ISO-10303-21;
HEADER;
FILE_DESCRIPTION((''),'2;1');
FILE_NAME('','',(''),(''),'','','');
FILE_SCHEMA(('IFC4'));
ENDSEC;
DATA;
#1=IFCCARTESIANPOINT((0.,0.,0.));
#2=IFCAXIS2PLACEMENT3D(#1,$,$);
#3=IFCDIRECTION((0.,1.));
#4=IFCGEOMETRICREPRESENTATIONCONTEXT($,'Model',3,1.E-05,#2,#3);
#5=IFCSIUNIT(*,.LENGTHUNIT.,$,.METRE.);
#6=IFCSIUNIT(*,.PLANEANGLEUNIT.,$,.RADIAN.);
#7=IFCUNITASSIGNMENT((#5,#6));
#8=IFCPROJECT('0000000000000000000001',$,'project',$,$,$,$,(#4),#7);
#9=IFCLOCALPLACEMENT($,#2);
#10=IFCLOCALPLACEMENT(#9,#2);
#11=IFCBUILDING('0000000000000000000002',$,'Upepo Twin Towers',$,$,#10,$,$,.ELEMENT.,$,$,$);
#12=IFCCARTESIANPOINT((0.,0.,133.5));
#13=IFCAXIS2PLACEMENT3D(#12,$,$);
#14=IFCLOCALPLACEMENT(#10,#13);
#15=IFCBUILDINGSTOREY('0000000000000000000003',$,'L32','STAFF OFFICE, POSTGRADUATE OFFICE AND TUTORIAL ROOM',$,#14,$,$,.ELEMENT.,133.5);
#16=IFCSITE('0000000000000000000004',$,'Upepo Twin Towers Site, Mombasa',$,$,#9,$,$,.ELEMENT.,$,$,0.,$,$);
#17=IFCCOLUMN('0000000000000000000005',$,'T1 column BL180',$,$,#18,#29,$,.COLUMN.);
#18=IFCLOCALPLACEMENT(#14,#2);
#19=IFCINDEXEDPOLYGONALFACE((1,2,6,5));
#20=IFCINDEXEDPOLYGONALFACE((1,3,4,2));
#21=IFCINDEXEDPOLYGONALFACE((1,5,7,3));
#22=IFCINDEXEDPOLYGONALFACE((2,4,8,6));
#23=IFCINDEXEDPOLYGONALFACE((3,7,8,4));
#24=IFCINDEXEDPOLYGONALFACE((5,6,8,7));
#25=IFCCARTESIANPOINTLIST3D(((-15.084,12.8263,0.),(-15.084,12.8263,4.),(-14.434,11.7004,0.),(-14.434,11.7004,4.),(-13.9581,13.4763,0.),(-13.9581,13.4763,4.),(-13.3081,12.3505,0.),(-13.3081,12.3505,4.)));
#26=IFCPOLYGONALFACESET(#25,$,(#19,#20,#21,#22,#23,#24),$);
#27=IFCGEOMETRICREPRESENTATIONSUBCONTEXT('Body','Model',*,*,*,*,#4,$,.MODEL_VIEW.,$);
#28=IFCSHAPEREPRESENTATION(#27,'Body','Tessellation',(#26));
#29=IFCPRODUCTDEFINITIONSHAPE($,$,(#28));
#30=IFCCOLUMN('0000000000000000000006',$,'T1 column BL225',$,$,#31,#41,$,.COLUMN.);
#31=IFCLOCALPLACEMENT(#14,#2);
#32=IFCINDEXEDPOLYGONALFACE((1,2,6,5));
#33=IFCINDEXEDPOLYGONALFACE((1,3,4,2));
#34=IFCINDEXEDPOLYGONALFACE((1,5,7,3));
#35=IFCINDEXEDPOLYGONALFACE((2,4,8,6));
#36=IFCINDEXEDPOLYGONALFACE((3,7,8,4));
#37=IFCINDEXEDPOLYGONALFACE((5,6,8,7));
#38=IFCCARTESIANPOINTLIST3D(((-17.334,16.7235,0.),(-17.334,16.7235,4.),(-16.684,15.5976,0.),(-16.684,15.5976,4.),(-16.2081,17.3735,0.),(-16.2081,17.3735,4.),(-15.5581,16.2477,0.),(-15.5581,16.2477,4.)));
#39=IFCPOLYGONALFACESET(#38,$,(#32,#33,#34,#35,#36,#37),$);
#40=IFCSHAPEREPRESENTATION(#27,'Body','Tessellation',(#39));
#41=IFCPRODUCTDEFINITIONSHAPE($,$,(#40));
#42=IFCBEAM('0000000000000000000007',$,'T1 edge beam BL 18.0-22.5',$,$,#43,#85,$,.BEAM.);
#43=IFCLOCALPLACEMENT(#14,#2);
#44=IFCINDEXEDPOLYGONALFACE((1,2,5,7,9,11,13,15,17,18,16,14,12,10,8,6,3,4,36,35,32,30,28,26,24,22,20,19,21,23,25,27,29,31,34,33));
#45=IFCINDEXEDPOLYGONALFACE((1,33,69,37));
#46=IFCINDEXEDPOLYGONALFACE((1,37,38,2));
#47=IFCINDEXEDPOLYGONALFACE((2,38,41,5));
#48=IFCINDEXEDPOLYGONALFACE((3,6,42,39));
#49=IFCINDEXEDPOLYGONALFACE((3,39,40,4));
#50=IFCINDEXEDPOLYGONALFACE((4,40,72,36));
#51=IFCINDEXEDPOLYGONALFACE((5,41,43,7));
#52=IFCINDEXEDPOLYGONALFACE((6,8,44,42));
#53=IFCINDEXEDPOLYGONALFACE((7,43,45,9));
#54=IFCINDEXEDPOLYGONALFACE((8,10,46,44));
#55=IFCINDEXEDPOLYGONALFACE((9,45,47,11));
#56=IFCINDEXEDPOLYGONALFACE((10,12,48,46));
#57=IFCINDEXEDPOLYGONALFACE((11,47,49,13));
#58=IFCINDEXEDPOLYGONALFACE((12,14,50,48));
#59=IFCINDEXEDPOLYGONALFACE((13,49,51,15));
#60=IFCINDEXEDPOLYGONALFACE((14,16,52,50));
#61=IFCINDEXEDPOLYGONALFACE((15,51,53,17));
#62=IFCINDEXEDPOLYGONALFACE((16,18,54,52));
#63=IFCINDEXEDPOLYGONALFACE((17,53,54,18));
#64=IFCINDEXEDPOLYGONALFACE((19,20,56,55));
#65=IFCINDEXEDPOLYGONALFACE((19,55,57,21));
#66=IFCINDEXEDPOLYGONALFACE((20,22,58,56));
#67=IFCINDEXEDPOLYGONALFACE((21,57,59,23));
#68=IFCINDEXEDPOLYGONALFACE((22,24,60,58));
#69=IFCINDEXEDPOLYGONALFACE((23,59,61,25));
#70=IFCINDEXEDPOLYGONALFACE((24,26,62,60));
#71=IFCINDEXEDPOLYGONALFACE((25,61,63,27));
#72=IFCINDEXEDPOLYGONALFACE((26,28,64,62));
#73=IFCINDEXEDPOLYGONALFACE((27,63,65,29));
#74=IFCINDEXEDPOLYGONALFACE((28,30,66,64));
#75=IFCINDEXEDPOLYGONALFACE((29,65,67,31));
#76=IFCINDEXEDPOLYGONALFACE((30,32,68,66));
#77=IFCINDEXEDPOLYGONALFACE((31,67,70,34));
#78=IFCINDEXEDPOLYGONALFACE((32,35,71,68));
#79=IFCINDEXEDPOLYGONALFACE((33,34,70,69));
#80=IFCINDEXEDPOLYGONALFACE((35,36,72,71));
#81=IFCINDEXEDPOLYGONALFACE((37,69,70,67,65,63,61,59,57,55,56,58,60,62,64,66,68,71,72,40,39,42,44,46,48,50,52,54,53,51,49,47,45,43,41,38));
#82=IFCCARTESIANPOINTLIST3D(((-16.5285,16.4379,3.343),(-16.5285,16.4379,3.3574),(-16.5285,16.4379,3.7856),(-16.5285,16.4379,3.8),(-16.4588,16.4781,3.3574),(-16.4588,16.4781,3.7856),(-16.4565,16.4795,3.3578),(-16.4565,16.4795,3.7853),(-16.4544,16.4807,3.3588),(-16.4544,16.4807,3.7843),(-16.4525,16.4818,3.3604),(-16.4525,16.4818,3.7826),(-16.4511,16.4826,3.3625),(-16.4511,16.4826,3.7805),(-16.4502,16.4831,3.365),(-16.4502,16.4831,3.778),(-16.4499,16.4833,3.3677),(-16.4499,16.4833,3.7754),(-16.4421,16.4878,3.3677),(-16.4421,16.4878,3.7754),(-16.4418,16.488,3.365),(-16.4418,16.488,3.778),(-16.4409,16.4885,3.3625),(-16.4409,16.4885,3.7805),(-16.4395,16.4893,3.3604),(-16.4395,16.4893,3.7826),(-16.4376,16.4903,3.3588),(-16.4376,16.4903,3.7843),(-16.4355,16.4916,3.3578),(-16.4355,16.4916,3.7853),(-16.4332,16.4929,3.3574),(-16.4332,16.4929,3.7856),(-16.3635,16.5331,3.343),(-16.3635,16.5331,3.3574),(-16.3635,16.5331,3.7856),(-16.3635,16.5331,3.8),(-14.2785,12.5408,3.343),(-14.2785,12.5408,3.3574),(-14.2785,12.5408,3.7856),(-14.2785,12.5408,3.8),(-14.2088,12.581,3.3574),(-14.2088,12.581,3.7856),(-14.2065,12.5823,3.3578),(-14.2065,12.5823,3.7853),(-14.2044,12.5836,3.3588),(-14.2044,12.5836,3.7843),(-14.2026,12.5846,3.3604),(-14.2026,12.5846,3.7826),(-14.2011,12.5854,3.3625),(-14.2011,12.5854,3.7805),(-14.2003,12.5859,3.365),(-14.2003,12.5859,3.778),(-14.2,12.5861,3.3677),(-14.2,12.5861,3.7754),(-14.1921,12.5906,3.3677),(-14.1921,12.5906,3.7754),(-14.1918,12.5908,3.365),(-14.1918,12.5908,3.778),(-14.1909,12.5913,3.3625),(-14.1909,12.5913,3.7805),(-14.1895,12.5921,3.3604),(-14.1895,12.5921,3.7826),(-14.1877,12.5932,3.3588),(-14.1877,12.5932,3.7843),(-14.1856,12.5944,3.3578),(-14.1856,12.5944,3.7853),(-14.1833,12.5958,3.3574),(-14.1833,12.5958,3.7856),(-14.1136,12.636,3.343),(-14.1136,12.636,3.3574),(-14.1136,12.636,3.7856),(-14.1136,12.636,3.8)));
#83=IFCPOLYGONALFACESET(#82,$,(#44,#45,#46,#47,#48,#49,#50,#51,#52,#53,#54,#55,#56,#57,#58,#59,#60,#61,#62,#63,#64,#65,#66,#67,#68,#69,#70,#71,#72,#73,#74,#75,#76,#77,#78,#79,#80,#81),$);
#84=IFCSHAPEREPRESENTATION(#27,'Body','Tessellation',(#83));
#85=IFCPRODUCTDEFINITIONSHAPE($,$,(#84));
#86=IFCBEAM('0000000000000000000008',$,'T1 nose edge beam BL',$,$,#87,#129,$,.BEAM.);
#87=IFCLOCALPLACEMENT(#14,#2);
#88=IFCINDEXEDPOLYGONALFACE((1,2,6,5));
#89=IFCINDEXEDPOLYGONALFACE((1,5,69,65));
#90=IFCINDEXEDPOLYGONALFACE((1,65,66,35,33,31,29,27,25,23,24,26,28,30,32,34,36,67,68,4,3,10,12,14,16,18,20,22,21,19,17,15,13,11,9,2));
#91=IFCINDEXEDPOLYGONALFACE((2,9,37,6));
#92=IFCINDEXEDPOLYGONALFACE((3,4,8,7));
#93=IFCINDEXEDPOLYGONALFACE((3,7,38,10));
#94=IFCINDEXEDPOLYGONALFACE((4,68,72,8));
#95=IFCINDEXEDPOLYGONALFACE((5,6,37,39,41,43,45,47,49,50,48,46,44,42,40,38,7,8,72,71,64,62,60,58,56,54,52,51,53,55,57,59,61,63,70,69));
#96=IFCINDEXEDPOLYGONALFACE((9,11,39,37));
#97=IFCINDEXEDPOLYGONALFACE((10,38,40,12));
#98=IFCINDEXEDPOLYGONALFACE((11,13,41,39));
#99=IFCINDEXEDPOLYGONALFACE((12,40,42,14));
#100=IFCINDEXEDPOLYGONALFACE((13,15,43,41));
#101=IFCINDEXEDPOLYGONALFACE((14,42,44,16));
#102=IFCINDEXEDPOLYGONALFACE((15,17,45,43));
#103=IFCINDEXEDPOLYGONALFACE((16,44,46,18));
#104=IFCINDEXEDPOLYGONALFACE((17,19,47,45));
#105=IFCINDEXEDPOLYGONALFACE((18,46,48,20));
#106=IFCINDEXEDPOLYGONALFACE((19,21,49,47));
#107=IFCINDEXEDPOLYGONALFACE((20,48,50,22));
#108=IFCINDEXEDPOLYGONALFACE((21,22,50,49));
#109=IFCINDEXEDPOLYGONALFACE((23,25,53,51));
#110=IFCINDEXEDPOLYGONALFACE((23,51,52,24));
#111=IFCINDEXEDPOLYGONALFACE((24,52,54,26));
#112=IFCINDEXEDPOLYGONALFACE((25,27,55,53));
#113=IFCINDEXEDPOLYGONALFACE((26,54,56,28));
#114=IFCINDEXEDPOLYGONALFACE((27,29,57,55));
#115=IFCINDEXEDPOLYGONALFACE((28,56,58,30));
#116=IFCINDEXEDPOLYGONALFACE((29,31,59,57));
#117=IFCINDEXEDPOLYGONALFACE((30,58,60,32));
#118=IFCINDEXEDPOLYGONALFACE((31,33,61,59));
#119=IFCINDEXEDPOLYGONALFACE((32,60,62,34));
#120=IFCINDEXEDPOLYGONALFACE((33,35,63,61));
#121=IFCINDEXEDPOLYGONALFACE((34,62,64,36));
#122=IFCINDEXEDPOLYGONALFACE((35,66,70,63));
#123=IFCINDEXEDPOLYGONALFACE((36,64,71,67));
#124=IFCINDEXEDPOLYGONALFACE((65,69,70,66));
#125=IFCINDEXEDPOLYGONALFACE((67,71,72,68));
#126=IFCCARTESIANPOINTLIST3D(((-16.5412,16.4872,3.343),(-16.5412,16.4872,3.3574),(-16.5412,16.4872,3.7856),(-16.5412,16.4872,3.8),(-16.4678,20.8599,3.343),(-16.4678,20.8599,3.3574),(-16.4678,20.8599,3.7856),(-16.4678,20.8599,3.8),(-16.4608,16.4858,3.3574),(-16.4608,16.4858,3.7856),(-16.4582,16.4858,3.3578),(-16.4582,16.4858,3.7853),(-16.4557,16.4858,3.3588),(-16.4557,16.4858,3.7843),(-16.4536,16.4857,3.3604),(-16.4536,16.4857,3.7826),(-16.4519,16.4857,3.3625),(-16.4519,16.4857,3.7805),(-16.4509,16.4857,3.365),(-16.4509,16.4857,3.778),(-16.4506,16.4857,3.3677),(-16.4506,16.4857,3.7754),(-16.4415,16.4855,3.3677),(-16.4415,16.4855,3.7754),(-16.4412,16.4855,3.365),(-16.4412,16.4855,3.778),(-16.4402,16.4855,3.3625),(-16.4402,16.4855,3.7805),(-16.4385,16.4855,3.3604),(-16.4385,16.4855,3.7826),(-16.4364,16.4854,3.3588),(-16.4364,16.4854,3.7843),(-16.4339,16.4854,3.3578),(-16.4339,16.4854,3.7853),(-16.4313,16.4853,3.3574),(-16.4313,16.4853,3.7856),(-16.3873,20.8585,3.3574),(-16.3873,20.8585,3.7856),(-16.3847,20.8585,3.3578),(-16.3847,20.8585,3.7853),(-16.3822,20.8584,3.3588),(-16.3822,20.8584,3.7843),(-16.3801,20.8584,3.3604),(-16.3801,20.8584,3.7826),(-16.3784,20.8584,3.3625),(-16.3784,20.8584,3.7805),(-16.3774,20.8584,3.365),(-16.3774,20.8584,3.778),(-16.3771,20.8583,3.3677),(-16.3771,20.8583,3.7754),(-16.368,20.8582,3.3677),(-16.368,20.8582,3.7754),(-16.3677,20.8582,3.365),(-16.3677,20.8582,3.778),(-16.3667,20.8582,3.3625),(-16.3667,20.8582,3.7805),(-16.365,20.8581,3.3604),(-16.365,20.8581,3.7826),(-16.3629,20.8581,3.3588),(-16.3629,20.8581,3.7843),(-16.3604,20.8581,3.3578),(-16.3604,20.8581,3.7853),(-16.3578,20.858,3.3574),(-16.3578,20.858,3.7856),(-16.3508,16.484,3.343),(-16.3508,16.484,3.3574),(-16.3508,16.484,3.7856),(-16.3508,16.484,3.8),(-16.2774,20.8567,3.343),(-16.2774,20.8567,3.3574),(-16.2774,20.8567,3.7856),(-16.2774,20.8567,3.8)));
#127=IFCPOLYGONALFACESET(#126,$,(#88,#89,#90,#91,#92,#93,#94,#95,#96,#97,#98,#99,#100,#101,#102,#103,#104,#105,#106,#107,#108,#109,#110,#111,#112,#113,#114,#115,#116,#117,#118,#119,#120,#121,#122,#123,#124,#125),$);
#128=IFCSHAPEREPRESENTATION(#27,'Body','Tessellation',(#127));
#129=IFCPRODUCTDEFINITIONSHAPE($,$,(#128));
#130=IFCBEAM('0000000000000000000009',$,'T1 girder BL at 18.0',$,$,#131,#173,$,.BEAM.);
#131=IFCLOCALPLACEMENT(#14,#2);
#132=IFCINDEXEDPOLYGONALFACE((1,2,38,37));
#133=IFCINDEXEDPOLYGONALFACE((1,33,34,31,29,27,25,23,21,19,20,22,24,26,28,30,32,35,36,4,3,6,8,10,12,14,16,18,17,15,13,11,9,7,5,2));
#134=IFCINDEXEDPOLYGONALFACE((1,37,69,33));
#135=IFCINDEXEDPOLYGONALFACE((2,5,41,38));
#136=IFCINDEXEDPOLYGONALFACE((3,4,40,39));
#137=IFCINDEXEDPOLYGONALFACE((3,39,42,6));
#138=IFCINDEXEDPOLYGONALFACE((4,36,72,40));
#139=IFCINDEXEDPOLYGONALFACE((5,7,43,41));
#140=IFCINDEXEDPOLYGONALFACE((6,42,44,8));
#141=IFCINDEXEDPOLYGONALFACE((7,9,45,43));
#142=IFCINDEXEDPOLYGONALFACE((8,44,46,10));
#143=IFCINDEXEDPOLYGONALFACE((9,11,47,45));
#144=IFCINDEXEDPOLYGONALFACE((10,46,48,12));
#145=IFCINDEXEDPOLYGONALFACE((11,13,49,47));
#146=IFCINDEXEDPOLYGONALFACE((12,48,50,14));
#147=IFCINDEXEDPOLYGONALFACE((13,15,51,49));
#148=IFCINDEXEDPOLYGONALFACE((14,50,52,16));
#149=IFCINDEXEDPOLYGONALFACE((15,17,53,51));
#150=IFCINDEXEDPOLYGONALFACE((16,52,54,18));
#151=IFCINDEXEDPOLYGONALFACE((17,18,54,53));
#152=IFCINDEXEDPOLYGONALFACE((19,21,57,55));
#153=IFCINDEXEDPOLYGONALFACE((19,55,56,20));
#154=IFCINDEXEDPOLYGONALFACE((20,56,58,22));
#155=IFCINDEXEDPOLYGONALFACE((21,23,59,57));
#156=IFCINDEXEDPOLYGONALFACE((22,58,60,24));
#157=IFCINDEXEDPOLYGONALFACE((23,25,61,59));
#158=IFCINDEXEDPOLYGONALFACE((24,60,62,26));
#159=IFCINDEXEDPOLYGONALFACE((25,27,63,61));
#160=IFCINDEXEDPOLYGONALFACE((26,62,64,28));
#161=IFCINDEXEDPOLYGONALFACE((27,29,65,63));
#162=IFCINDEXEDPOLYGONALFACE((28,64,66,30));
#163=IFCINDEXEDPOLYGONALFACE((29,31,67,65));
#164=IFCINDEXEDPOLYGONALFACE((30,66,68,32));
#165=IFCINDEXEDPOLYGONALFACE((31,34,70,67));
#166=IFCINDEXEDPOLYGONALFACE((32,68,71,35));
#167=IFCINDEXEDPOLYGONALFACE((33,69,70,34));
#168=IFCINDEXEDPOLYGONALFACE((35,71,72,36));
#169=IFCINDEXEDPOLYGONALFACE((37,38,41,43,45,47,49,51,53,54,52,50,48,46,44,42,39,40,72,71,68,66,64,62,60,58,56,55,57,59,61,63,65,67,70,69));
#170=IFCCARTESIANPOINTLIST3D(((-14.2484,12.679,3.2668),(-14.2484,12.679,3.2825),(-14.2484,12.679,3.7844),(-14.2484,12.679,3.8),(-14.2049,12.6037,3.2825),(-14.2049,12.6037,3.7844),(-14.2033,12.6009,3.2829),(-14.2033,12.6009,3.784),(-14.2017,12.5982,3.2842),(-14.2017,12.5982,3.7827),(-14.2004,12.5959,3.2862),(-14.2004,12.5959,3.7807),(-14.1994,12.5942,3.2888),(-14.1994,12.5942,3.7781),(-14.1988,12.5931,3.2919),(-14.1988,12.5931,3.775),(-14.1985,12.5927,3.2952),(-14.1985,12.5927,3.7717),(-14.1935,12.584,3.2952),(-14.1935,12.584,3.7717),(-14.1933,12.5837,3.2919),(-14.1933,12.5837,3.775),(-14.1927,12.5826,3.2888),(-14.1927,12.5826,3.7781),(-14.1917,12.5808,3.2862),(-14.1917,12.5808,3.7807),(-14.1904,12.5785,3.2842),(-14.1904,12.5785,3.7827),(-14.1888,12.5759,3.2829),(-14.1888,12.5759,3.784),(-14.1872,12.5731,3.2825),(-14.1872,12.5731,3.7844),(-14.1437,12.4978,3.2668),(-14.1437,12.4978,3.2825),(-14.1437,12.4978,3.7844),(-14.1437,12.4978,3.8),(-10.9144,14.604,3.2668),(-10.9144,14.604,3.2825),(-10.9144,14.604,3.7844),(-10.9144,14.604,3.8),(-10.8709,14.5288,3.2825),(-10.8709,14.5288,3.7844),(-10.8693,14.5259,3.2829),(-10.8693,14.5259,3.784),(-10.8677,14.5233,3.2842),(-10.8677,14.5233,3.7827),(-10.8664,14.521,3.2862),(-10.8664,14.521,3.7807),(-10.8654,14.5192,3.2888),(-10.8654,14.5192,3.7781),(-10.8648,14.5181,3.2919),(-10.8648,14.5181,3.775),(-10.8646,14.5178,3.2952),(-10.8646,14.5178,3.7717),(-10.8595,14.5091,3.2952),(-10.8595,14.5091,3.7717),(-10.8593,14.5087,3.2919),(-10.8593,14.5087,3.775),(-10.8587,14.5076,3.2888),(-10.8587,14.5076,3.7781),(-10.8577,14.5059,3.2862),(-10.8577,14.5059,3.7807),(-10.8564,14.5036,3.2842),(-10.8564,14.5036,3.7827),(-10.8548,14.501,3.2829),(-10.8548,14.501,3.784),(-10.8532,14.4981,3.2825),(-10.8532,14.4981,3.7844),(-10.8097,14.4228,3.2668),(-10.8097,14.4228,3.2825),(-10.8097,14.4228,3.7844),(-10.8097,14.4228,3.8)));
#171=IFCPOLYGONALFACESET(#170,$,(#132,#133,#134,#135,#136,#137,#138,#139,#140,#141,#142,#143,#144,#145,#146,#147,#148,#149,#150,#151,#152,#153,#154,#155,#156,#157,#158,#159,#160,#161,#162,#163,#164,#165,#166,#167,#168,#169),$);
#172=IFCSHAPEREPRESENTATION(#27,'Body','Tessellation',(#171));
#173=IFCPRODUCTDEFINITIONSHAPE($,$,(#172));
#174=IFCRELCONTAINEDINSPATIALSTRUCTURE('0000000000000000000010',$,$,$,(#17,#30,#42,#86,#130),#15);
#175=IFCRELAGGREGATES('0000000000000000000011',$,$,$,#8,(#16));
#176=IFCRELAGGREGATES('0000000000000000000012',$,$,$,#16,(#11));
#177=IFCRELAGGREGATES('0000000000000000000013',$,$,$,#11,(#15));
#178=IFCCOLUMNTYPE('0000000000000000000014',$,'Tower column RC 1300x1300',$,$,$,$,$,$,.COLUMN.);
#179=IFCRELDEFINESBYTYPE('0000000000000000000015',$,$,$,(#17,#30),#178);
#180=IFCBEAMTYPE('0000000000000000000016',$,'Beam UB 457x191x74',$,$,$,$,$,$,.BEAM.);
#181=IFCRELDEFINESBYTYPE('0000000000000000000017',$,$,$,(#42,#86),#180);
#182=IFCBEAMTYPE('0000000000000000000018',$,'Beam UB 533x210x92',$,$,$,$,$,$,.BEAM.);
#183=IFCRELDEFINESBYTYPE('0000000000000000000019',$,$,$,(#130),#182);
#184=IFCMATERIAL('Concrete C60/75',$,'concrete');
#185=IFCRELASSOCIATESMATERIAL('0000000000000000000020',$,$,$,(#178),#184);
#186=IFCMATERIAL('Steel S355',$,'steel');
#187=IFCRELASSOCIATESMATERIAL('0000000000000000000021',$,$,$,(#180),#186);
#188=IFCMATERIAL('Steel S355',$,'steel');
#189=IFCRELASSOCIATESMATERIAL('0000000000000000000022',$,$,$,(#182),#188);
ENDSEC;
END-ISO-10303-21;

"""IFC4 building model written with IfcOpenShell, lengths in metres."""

from ifc_helpers import new_model, si_unit, direction, frame, origin, origin_2d, place, context, subcontext, project, spatial, rectangle, i_section, extrude, material, material_profile, profile_set, type_object, element, save


model = new_model("IFC4")

# Units and contexts
model_context = context("Model", 3, precision=1e-05, world=origin(), true_north=direction((0.0, 1.0)))
body_context = subcontext(model_context, "Body", "Model", "MODEL_VIEW")
ifc_project = project(units=[si_unit("LENGTHUNIT", "METRE"), si_unit("PLANEANGLEUNIT", "RADIAN")], contexts=[model_context])

# Site, building, storey
site_placement = place(None, origin())
site = spatial("IfcSite", under=ifc_project, at=site_placement, Name="Upepo Twin Towers Site, Mombasa", CompositionType="ELEMENT", RefElevation=0.0)
building_placement = place(site_placement, origin())
building = spatial("IfcBuilding", under=site, at=building_placement, Name="Upepo Twin Towers", CompositionType="ELEMENT")
storey_placement = place(building_placement, frame((0.0, 0.0, 133.5)))
storey = spatial("IfcBuildingStorey", under=building, at=storey_placement, Name="L32", Description="STAFF OFFICE, POSTGRADUATE OFFICE AND TUTORIAL ROOM", CompositionType="ELEMENT", Elevation=133.5)

# Columns
ifc_material_1 = material(Name="Concrete C60/75", Category="concrete")
ifc_material_profile_1 = material_profile(ifc_material_1, rectangle(XDim=1.3, YDim=1.3, at=origin_2d()), Name="RC 1300x1300")
ifc_profile_set_1 = profile_set([ifc_material_profile_1], Name="Concrete C60/75")
column_type = type_object("IfcColumnType", Name="Tower column RC 1300x1300", PredefinedType="COLUMN", material=ifc_profile_set_1)
for number, where, z_axis, x_axis, name in (
    (1, (-14.196, 12.5884, 0.0), (0.0, 0.0, 1.0), (0.866025, 0.5, 0.0), "T1 column BL180"),
    (2, (-16.446, 16.4856, 0.0), (0.0, 0.0, 1.0), (0.866025, 0.5, 0.0), "T1 column BL225"),
):
    element("IfcColumn", number, at=place(storey_placement, frame(where, z_axis=z_axis, x_axis=x_axis)), inside=storey, type_object=column_type, Name=name, PredefinedType="COLUMN", context=body_context, shape_type="SweptSolid", body=[
        extrude(rectangle(XDim=1.3, YDim=1.3, at=origin_2d()), origin(), (0.0, 0.0, 1.0), 4.0),
    ])

# Beams
ifc_material_2 = material(Name="Steel S355", Category="steel")
ifc_material_profile_2 = material_profile(ifc_material_2, i_section(OverallWidth=0.1904, OverallDepth=0.457, WebThickness=0.009, FlangeThickness=0.0144, FilletRadius=0.0103, at=origin_2d()), Name="UB 457x191x74")
ifc_profile_set_2 = profile_set([ifc_material_profile_2], Name="Steel S355")
beam_type_1 = type_object("IfcBeamType", Name="Beam UB 457x191x74", PredefinedType="BEAM", material=ifc_profile_set_2)
beam_1_placement = place(storey_placement, frame((-14.196, 12.5884, 3.5715), z_axis=(-0.49999, 0.866031, 0.0), x_axis=(-0.866031, -0.49999, 0.0)))
element("IfcBeam", 3, at=beam_1_placement, inside=storey, type_object=beam_type_1, Name="T1 edge beam BL 18.0-22.5", PredefinedType="BEAM", context=body_context, shape_type="SweptSolid", body=[
    extrude(i_section(OverallWidth=0.1904, OverallDepth=0.457, WebThickness=0.009, FlangeThickness=0.0144, FilletRadius=0.0103, at=origin_2d()), origin(), (0.0, 0.0, 1.0), 4.5),
])
beam_2_placement = place(storey_placement, frame((-16.446, 16.4856, 3.5715), z_axis=(0.016804, 0.999859, 0.0), x_axis=(-0.999859, 0.016804, 0.0)))
element("IfcBeam", 4, at=beam_2_placement, inside=storey, type_object=beam_type_1, Name="T1 nose edge beam BL", PredefinedType="BEAM", context=body_context, shape_type="SweptSolid", body=[
    extrude(i_section(OverallWidth=0.1904, OverallDepth=0.457, WebThickness=0.009, FlangeThickness=0.0144, FilletRadius=0.0103, at=origin_2d()), origin(), (0.0, 0.0, 1.0), 4.3733),
])
ifc_material_3 = material(Name="Steel S355", Category="steel")
ifc_material_profile_3 = material_profile(ifc_material_3, i_section(OverallWidth=0.2092, OverallDepth=0.5332, WebThickness=0.01, FlangeThickness=0.0156, FilletRadius=0.0127, at=origin_2d()), Name="UB 533x210x92")
ifc_profile_set_3 = profile_set([ifc_material_profile_3], Name="Steel S355")
beam_type_2 = type_object("IfcBeamType", Name="Beam UB 533x210x92", PredefinedType="BEAM", material=ifc_profile_set_3)
for number, where, z_axis, x_axis, name in (
    (5, (-14.196, 12.5884, 3.5334), (0.866006, 0.500034, 0.0), (-0.500034, 0.866006, 0.0), "T1 girder BL at 18.0"),
):
    element("IfcBeam", number, at=place(storey_placement, frame(where, z_axis=z_axis, x_axis=x_axis)), inside=storey, type_object=beam_type_2, Name=name, PredefinedType="BEAM", context=body_context, shape_type="SweptSolid", body=[
        extrude(i_section(OverallWidth=0.2092, OverallDepth=0.5332, WebThickness=0.01, FlangeThickness=0.0156, FilletRadius=0.0127, at=origin_2d()), origin(), (0.0, 0.0, 1.0), 3.8499),
    ])

save(model, "model.ifc")
